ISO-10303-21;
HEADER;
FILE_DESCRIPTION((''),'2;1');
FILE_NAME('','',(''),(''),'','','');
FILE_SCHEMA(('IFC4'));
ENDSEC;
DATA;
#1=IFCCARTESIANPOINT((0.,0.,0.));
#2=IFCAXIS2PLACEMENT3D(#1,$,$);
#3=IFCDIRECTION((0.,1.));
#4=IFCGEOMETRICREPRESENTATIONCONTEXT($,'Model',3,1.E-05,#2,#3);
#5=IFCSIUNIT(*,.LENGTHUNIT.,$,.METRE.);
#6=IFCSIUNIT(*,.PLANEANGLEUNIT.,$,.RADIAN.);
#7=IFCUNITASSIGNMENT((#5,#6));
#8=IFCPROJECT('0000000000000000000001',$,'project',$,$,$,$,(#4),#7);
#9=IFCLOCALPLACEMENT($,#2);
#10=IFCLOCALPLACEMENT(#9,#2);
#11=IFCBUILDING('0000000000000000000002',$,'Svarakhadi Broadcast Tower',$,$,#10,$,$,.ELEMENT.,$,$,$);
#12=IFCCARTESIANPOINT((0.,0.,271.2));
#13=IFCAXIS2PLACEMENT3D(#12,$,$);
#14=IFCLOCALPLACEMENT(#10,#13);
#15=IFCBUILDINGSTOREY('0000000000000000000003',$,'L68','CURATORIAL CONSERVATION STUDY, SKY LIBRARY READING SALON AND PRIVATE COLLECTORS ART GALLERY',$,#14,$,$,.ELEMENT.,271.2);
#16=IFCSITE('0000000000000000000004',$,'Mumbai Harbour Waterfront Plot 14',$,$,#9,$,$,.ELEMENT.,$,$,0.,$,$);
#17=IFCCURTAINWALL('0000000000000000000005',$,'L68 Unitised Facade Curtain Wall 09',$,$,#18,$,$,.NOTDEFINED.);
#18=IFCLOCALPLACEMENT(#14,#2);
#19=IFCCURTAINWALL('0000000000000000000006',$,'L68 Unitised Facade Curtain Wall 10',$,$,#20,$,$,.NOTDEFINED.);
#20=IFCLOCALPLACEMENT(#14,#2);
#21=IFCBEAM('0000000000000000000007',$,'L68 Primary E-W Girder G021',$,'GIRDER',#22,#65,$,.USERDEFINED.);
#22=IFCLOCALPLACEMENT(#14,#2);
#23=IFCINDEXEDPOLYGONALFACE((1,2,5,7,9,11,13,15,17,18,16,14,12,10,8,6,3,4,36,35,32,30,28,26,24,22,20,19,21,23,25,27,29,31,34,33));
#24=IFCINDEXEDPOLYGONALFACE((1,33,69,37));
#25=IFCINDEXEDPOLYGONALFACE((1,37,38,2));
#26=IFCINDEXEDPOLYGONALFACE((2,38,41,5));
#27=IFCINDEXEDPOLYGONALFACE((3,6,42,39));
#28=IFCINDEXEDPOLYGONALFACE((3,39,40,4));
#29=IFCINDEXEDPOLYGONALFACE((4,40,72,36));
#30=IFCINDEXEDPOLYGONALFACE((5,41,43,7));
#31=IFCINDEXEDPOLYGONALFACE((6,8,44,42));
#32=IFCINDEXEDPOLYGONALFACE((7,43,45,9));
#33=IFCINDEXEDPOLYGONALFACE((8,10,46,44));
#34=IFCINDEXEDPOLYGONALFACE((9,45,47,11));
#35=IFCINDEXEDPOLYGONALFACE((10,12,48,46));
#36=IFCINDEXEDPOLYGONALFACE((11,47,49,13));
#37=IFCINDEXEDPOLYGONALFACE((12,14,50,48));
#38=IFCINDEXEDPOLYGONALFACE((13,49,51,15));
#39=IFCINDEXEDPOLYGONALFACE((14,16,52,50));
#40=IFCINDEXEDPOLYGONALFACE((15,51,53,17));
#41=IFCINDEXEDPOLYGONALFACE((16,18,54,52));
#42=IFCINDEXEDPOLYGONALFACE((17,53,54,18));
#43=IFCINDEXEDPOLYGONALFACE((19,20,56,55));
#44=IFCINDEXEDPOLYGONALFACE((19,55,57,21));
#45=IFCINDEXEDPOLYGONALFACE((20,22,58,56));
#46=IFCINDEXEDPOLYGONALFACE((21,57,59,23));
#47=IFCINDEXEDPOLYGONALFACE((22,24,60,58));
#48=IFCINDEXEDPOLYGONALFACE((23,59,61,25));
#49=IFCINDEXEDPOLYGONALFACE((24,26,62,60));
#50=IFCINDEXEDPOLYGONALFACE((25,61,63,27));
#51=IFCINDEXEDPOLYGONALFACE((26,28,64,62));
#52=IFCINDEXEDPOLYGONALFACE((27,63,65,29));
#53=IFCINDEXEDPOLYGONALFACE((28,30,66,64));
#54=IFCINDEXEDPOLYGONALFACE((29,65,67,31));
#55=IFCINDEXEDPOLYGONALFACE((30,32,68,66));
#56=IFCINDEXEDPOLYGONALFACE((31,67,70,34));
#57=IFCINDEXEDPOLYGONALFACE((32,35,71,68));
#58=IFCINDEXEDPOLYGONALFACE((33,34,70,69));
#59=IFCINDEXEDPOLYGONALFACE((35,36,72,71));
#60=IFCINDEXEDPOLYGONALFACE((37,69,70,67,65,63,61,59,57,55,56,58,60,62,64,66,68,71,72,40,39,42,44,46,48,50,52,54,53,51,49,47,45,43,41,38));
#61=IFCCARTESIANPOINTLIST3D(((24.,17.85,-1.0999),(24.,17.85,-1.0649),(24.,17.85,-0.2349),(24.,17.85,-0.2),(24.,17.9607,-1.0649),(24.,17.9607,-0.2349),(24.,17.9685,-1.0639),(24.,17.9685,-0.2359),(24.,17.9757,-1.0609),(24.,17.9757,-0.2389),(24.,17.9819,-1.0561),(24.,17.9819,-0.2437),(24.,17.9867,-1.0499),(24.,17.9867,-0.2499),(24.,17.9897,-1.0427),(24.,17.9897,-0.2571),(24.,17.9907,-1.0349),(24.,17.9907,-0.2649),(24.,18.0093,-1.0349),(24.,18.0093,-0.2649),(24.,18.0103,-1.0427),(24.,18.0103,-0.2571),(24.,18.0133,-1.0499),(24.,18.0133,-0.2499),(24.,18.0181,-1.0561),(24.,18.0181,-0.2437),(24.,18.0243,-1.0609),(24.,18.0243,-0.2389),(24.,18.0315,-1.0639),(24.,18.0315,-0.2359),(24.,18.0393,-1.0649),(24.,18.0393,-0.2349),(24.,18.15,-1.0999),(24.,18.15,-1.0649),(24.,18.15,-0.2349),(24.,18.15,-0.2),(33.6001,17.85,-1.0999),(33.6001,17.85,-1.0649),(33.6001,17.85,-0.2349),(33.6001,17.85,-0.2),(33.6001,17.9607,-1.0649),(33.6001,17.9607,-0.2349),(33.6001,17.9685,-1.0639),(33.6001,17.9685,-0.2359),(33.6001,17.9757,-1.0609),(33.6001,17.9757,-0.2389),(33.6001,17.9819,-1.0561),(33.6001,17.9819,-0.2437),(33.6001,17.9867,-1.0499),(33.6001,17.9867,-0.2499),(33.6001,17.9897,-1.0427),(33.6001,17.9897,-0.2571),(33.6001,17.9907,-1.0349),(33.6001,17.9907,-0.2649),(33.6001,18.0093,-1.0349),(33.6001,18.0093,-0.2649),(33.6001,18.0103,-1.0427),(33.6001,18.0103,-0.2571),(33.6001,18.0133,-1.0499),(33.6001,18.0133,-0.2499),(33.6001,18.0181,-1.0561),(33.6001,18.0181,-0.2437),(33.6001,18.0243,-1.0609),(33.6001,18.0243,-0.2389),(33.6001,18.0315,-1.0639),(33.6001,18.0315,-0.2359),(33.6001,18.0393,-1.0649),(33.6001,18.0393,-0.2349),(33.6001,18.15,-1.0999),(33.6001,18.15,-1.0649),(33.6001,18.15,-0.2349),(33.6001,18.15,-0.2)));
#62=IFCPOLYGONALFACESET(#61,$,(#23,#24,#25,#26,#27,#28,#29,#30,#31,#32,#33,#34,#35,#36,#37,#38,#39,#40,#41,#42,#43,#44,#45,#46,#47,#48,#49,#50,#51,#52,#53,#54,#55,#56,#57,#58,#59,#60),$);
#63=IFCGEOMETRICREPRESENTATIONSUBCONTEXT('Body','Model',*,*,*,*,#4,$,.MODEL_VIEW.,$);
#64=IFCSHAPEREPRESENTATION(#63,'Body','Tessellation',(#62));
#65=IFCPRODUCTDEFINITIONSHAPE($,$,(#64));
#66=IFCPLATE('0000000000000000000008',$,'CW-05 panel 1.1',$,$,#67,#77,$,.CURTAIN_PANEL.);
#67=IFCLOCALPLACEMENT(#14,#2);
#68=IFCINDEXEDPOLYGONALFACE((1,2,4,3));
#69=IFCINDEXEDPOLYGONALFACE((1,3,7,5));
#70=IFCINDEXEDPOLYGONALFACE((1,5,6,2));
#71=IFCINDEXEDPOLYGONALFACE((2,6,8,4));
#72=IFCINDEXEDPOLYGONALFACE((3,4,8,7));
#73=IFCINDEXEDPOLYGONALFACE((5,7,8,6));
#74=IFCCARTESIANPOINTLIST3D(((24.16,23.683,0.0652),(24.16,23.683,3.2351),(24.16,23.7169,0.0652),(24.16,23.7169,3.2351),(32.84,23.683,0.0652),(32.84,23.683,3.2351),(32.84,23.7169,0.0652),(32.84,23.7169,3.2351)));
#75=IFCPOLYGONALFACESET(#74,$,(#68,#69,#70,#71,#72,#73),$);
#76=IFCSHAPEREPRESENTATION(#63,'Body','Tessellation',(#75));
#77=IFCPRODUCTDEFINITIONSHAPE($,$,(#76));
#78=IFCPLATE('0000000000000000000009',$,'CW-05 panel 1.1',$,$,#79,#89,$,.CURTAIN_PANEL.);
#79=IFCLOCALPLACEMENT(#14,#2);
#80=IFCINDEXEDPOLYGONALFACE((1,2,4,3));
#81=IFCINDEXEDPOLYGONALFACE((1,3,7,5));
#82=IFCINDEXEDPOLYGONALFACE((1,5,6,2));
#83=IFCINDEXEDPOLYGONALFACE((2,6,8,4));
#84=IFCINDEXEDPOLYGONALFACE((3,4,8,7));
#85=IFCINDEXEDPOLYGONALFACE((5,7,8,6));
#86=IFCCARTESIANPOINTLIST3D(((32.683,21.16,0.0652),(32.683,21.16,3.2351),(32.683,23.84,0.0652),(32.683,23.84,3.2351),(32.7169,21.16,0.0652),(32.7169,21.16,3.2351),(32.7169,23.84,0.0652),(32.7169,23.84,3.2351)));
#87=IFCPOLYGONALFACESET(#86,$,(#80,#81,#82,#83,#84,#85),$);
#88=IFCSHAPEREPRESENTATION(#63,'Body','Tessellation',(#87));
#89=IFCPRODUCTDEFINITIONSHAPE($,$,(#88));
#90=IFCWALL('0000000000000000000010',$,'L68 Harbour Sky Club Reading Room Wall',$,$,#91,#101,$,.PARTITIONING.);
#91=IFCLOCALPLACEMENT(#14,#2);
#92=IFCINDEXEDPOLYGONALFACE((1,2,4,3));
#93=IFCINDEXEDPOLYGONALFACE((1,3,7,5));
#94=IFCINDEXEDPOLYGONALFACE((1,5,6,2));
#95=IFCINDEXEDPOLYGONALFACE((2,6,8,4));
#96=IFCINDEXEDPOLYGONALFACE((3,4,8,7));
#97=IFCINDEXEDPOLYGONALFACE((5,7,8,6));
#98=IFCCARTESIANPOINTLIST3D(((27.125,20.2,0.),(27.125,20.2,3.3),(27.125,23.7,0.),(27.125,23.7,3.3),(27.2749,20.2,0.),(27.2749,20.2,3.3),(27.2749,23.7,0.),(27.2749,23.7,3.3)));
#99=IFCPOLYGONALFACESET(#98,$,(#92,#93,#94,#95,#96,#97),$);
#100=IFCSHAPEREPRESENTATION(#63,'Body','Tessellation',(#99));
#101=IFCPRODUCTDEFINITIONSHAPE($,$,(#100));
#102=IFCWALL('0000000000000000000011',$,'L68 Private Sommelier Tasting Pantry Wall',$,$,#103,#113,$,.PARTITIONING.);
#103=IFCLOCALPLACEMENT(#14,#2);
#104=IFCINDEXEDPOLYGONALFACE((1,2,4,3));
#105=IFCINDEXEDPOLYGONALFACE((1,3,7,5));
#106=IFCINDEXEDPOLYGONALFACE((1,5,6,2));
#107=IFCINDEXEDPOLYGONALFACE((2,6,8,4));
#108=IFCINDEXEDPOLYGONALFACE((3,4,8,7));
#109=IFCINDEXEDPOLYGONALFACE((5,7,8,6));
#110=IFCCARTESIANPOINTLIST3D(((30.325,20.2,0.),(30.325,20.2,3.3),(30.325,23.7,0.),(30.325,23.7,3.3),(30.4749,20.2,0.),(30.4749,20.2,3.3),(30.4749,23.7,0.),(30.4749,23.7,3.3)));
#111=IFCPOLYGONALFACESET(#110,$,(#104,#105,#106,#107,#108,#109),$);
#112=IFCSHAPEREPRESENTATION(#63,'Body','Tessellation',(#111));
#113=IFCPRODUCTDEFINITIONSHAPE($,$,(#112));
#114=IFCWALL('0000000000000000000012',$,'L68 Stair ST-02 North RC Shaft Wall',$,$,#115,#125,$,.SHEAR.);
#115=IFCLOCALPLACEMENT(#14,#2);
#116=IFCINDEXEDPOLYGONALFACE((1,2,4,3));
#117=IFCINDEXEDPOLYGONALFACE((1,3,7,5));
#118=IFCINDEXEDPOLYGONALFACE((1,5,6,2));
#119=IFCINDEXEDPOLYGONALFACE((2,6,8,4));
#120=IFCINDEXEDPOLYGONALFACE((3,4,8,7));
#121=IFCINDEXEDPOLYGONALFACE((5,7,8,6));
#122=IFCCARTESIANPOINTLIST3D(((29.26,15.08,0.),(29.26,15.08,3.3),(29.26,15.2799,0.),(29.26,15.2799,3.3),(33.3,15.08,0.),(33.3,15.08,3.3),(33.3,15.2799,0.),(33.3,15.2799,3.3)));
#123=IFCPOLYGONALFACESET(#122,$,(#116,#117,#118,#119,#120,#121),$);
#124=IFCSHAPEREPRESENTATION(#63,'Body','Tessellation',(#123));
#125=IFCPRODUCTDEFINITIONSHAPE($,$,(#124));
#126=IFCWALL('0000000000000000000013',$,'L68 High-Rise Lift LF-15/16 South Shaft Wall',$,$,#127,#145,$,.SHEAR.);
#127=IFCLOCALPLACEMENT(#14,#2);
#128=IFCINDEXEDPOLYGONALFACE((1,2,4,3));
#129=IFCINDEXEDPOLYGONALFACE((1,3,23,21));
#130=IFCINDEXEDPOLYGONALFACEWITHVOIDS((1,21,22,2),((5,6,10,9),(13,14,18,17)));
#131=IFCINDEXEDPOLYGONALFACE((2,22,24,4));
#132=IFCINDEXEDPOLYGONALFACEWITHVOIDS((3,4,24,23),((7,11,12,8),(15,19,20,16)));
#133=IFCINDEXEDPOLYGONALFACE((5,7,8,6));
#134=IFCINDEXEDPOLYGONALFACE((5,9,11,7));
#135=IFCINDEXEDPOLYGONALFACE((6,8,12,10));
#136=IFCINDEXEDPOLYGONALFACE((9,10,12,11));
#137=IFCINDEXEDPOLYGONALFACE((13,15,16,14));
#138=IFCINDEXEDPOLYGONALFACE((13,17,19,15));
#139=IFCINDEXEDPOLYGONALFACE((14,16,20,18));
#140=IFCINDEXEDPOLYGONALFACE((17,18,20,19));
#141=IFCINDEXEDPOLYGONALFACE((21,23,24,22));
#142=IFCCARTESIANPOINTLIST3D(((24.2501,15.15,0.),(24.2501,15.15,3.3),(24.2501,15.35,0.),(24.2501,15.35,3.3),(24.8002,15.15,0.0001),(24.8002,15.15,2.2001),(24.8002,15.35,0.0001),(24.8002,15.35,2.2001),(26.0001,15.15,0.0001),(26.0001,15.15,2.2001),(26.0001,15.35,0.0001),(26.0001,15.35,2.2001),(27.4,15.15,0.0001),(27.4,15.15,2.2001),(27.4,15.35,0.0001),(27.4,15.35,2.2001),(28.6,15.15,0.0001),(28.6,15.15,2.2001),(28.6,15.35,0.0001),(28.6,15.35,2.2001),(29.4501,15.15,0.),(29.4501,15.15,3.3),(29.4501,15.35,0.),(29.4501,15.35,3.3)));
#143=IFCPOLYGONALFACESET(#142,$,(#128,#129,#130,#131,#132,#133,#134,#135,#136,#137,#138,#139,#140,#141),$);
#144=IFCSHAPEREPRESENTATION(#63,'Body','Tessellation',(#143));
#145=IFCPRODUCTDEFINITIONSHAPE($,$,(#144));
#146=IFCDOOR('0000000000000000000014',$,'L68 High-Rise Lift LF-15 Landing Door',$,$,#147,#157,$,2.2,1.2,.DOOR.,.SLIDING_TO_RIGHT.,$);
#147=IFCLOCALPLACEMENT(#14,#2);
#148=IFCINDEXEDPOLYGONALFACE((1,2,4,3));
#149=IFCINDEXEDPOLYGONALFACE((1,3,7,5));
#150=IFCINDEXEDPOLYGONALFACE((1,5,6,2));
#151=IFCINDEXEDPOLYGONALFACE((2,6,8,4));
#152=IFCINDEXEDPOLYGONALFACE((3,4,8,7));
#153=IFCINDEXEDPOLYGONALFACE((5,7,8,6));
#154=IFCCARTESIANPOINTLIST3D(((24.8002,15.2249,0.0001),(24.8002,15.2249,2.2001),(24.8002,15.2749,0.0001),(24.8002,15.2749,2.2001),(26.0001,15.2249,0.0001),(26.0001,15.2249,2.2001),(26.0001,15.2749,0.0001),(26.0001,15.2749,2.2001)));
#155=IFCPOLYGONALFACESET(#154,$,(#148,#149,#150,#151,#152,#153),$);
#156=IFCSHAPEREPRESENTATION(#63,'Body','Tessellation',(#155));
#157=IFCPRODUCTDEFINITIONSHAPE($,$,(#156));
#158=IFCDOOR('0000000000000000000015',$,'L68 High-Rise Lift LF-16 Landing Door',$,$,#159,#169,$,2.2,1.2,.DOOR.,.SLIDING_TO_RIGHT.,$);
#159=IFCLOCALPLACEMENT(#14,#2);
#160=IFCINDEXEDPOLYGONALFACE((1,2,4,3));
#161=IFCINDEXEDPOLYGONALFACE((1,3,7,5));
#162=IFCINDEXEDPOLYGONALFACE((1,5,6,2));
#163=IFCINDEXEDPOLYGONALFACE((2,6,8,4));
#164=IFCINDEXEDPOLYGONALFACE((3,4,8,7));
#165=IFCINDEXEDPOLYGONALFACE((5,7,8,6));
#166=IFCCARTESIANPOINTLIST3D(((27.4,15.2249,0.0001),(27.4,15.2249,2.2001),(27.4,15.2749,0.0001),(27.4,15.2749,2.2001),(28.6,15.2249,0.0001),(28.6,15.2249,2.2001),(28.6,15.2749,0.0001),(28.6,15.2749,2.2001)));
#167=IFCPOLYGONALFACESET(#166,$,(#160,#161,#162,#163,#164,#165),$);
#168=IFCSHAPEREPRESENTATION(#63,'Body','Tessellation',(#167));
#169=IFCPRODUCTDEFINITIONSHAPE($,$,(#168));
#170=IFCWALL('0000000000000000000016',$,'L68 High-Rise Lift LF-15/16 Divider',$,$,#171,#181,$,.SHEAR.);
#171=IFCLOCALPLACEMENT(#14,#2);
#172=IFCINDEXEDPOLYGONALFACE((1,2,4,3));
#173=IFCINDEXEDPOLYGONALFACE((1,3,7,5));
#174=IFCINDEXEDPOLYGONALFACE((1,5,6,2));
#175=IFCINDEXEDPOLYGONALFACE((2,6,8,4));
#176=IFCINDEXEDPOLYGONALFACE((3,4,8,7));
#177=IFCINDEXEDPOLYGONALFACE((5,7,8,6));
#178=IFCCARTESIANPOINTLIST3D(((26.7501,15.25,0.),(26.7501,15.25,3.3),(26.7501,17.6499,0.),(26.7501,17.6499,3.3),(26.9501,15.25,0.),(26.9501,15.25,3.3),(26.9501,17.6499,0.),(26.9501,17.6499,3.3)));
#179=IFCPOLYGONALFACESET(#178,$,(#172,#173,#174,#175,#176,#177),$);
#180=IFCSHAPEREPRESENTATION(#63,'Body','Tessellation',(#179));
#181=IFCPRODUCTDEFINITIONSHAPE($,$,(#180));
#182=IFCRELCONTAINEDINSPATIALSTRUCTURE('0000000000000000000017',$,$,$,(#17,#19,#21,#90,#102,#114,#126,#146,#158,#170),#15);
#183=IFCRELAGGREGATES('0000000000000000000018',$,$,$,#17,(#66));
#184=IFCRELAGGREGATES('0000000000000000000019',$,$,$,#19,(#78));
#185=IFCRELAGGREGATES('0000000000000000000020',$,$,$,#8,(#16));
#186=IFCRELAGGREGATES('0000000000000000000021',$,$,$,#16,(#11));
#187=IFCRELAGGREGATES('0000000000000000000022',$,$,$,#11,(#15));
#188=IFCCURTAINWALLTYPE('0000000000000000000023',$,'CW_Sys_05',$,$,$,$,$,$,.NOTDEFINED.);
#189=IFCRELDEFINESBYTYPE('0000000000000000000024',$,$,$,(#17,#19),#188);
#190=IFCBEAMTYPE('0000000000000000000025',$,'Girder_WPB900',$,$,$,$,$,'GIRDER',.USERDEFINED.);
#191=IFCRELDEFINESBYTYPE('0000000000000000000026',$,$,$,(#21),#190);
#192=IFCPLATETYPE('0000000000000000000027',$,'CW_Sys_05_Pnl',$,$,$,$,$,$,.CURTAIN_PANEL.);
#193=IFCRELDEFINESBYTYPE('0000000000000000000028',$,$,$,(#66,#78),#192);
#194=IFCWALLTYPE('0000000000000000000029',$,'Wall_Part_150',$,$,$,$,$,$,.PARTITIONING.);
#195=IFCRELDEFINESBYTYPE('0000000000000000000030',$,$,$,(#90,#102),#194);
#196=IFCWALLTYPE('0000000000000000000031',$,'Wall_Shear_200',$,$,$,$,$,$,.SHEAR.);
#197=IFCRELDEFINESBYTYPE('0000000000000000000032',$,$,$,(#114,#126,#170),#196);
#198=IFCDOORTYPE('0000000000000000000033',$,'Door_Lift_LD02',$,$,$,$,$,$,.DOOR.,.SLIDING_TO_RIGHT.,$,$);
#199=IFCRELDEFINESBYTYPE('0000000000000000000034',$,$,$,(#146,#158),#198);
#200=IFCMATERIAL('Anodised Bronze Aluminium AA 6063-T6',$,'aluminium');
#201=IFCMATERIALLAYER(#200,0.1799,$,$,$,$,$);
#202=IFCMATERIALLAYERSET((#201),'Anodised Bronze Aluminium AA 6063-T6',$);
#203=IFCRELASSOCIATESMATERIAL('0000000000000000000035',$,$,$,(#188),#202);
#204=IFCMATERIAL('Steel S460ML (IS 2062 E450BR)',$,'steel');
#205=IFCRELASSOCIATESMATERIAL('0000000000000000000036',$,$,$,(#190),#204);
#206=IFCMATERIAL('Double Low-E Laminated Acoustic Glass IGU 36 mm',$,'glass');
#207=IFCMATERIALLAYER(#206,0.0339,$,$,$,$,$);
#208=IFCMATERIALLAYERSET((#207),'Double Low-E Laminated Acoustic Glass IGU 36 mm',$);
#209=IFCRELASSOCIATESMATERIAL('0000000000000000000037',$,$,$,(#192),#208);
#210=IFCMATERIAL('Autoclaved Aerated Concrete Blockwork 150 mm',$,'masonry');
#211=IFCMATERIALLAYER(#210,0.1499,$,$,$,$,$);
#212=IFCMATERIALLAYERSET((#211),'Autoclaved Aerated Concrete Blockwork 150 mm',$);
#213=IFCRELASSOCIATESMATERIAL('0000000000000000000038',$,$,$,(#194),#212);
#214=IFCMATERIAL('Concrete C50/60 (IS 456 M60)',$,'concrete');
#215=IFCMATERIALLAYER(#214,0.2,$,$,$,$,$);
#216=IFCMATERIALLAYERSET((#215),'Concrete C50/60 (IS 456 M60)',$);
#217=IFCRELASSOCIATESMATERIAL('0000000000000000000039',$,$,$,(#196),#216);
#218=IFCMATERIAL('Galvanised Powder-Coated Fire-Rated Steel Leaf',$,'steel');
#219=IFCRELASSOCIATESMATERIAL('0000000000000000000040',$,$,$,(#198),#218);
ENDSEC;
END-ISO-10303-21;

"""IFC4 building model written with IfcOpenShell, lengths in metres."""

from ifc_helpers import new_model, si_unit, direction, frame, frame_2d, origin, origin_2d, place, context, subcontext, project, spatial, rectangle, i_section, extrude, material, layer, layer_set, material_profile, profile_set, type_object, element, fill, aggregate, save


model = new_model("IFC4")

# Units and contexts
model_context = context("Model", 3, precision=1e-05, world=origin(), true_north=direction((0.0, 1.0)))
body_context = subcontext(model_context, "Body", "Model", "MODEL_VIEW")
ifc_project = project(units=[si_unit("LENGTHUNIT", "METRE"), si_unit("PLANEANGLEUNIT", "RADIAN")], contexts=[model_context])

# Site, building, storey
site_placement = place(None, origin())
site = spatial("IfcSite", under=ifc_project, at=site_placement, Name="Mumbai Harbour Waterfront Plot 14", CompositionType="ELEMENT", RefElevation=0.0)
building_placement = place(site_placement, origin())
building = spatial("IfcBuilding", under=site, at=building_placement, Name="Svarakhadi Broadcast Tower", CompositionType="ELEMENT")
storey_placement = place(building_placement, frame((0.0, 0.0, 271.2)))
storey = spatial("IfcBuildingStorey", under=building, at=storey_placement, Name="L68", Description="CURATORIAL CONSERVATION STUDY, SKY LIBRARY READING SALON AND PRIVATE COLLECTORS ART GALLERY", CompositionType="ELEMENT", Elevation=271.2)

# Curtain walls
ifc_material_1 = material(Name="Anodised Bronze Aluminium AA 6063-T6", Category="aluminium")
ifc_layer_1 = layer(ifc_material_1, 0.1799)
ifc_layer_set_1 = layer_set([ifc_layer_1], Name="Anodised Bronze Aluminium AA 6063-T6")
curtain_wall_type = type_object("IfcCurtainWallType", Name="CW_Sys_05", PredefinedType="NOTDEFINED", material=ifc_layer_set_1)
curtain_wall_1_placement = place(storey_placement, origin())
curtain_wall_1 = element("IfcCurtainWall", 1, at=curtain_wall_1_placement, inside=storey, type_object=curtain_wall_type, Name="L68 Unitised Facade Curtain Wall 09", PredefinedType="NOTDEFINED")
curtain_wall_2_placement = place(storey_placement, origin())
curtain_wall_2 = element("IfcCurtainWall", 2, at=curtain_wall_2_placement, inside=storey, type_object=curtain_wall_type, Name="L68 Unitised Facade Curtain Wall 10", PredefinedType="NOTDEFINED")

# Beam
ifc_material_2 = material(Name="Steel S460ML (IS 2062 E450BR)", Category="steel")
ifc_material_profile_1 = material_profile(ifc_material_2, i_section(OverallWidth=0.3, OverallDepth=0.8999, WebThickness=0.0186, FlangeThickness=0.0349, FilletRadius=0.03, at=origin_2d()), Name="WPB 900x300x291")
ifc_profile_set_1 = profile_set([ifc_material_profile_1], Name="Steel S460ML (IS 2062 E450BR)")
beam_type = type_object("IfcBeamType", Name="Girder_WPB900", ElementType="GIRDER", PredefinedType="USERDEFINED", material=ifc_profile_set_1)
beam_placement = place(storey_placement, frame((24.0, 18.0, -0.6499), z_axis=(1.0, 0.0, 0.0), x_axis=(0.0, 1.0, 0.0)))
element("IfcBeam", 3, at=beam_placement, inside=storey, type_object=beam_type, Name="L68 Primary E-W Girder G021", ObjectType="GIRDER", PredefinedType="USERDEFINED", context=body_context, shape_type="SweptSolid", body=[
    extrude(i_section(OverallWidth=0.3, OverallDepth=0.8999, WebThickness=0.0186, FlangeThickness=0.0349, FilletRadius=0.03, at=origin_2d()), origin(), (0.0, 0.0, 1.0), 9.6001),
])

# Plates
ifc_material_3 = material(Name="Double Low-E Laminated Acoustic Glass IGU 36 mm", Category="glass")
ifc_layer_2 = layer(ifc_material_3, 0.0339)
ifc_layer_set_2 = layer_set([ifc_layer_2], Name="Double Low-E Laminated Acoustic Glass IGU 36 mm")
plate_type = type_object("IfcPlateType", Name="CW_Sys_05_Pnl", PredefinedType="CURTAIN_PANEL", material=ifc_layer_set_2)
plate_1_placement = place(storey_placement, frame((28.5, 23.7, 0.0652), z_axis=(0.0, 0.0, 1.0), x_axis=(1.0, 0.0, 0.0)))
plate_1 = element("IfcPlate", 4, at=plate_1_placement, type_object=plate_type, Name="CW-05 panel 1.1", PredefinedType="CURTAIN_PANEL", context=body_context, shape_type="SweptSolid", body=[
    extrude(rectangle(XDim=8.6799, YDim=0.0339, at=origin_2d()), origin(), (0.0, 0.0, 1.0), 3.1699),
])
aggregate(curtain_wall_1, [plate_1])
plate_2_placement = place(storey_placement, frame((32.7, 22.5, 0.0652), z_axis=(0.0, 0.0, 1.0), x_axis=(0.0, -1.0, 0.0)))
plate_2 = element("IfcPlate", 5, at=plate_2_placement, type_object=plate_type, Name="CW-05 panel 1.1", PredefinedType="CURTAIN_PANEL", context=body_context, shape_type="SweptSolid", body=[
    extrude(rectangle(XDim=2.6799, YDim=0.0339, at=origin_2d()), origin(), (0.0, 0.0, 1.0), 3.1699),
])
aggregate(curtain_wall_2, [plate_2])

# Walls
ifc_material_4 = material(Name="Autoclaved Aerated Concrete Blockwork 150 mm", Category="masonry")
ifc_layer_3 = layer(ifc_material_4, 0.1499)
ifc_layer_set_3 = layer_set([ifc_layer_3], Name="Autoclaved Aerated Concrete Blockwork 150 mm")
wall_type_1 = type_object("IfcWallType", Name="Wall_Part_150", PredefinedType="PARTITIONING", material=ifc_layer_set_3)
for number, where, z_axis, x_axis, name in (
    (6, (27.2, 20.2, 0.0), (0.0, 0.0, 1.0), (0.0, 1.0, 0.0), "L68 Harbour Sky Club Reading Room Wall"),
    (7, (30.3999, 20.2, 0.0), (0.0, 0.0, 1.0), (0.0, 1.0, 0.0), "L68 Private Sommelier Tasting Pantry Wall"),
):
    element("IfcWall", number, at=place(storey_placement, frame(where, z_axis=z_axis, x_axis=x_axis)), inside=storey, type_object=wall_type_1, Name=name, PredefinedType="PARTITIONING", context=body_context, shape_type="SweptSolid", body=[
        extrude(rectangle(XDim=3.5, YDim=0.1499, at=frame_2d((1.75, 0.0))), origin(), (0.0, 0.0, 1.0), 3.3),
    ])
ifc_material_5 = material(Name="Concrete C50/60 (IS 456 M60)", Category="concrete")
ifc_layer_4 = layer(ifc_material_5, 0.2)
ifc_layer_set_4 = layer_set([ifc_layer_4], Name="Concrete C50/60 (IS 456 M60)")
wall_type_2 = type_object("IfcWallType", Name="Wall_Shear_200", PredefinedType="SHEAR", material=ifc_layer_set_4)
wall_1_placement = place(storey_placement, frame((29.26, 15.1799, 0.0), z_axis=(0.0, 0.0, 1.0), x_axis=(1.0, 0.0, 0.0)))
element("IfcWall", 8, at=wall_1_placement, inside=storey, type_object=wall_type_2, Name="L68 Stair ST-02 North RC Shaft Wall", PredefinedType="SHEAR", context=body_context, shape_type="SweptSolid", body=[
    extrude(rectangle(XDim=4.04, YDim=0.2, at=frame_2d((2.02, 0.0))), origin(), (0.0, 0.0, 1.0), 3.3),
])

# Shared definitions
ifc_material_6 = material(Name="Galvanised Powder-Coated Fire-Rated Steel Leaf", Category="steel")

# Wall, openings, doors
wall_2_placement = place(storey_placement, frame((24.25, 15.25, 0.0), z_axis=(0.0, 0.0, 1.0), x_axis=(1.0, 0.0, 0.0)))
wall_2 = element("IfcWall", 9, at=wall_2_placement, inside=storey, type_object=wall_type_2, Name="L68 High-Rise Lift LF-15/16 South Shaft Wall", PredefinedType="SHEAR", context=body_context, shape_type="SweptSolid", body=[
    extrude(rectangle(XDim=5.2, YDim=0.2, at=frame_2d((2.6001, 0.0))), origin(), (0.0, 0.0, 1.0), 3.3),
])
opening_1_placement = place(wall_2_placement, frame((0.55, 0.0, 0.0)))
opening_1 = element("IfcOpeningElement", 10, at=opening_1_placement, cuts=wall_2, PredefinedType="OPENING", context=body_context, shape_type="SweptSolid", body=[
    extrude(rectangle(XDim=1.2, YDim=2.2, at=frame_2d((0.6001, 1.1001))), frame((0.0, 0.1099, 0.0), z_axis=(0.0, -1.0, 0.0), x_axis=(1.0, 0.0, 0.0)), (0.0, 0.0, 1.0), 0.22),
])
opening_2_placement = place(wall_2_placement, frame((3.1499, 0.0, 0.0)))
opening_2 = element("IfcOpeningElement", 11, at=opening_2_placement, cuts=wall_2, PredefinedType="OPENING", context=body_context, shape_type="SweptSolid", body=[
    extrude(rectangle(XDim=1.2, YDim=2.2, at=frame_2d((0.6001, 1.1001))), frame((0.0, 0.1099, 0.0), z_axis=(0.0, -1.0, 0.0), x_axis=(1.0, 0.0, 0.0)), (0.0, 0.0, 1.0), 0.22),
])
door_type_1 = type_object("IfcDoorType", Name="Door_Lift_LD02", OperationType="SLIDING_TO_RIGHT", PredefinedType="DOOR", material=ifc_material_6)
door_1_placement = place(opening_1_placement, origin())
door_1 = element("IfcDoor", 12, at=door_1_placement, inside=storey, type_object=door_type_1, Name="L68 High-Rise Lift LF-15 Landing Door", OperationType="SLIDING_TO_RIGHT", OverallHeight=2.2, OverallWidth=1.2, PredefinedType="DOOR", context=body_context, shape_type="SweptSolid", body=[
    extrude(rectangle(XDim=1.2, YDim=2.2, at=frame_2d((0.6001, 1.1001))), frame((0.0, 0.0249, 0.0), z_axis=(0.0, -1.0, 0.0), x_axis=(1.0, 0.0, 0.0)), (0.0, 0.0, 1.0), 0.05),
])
fill(opening_1, door_1)
door_2_placement = place(opening_2_placement, origin())
door_2 = element("IfcDoor", 13, at=door_2_placement, inside=storey, type_object=door_type_1, Name="L68 High-Rise Lift LF-16 Landing Door", OperationType="SLIDING_TO_RIGHT", OverallHeight=2.2, OverallWidth=1.2, PredefinedType="DOOR", context=body_context, shape_type="SweptSolid", body=[
    extrude(rectangle(XDim=1.2, YDim=2.2, at=frame_2d((0.6001, 1.1001))), frame((0.0, 0.0249, 0.0), z_axis=(0.0, -1.0, 0.0), x_axis=(1.0, 0.0, 0.0)), (0.0, 0.0, 1.0), 0.05),
])
fill(opening_2, door_2)

# Wall
wall_3_placement = place(storey_placement, frame((26.8501, 15.25, 0.0), z_axis=(0.0, 0.0, 1.0), x_axis=(0.0, 1.0, 0.0)))
element("IfcWall", 14, at=wall_3_placement, inside=storey, type_object=wall_type_2, Name="L68 High-Rise Lift LF-15/16 Divider", PredefinedType="SHEAR", context=body_context, shape_type="SweptSolid", body=[
    extrude(rectangle(XDim=2.3999, YDim=0.2, at=frame_2d((1.2, 0.0))), origin(), (0.0, 0.0, 1.0), 3.3),
])

save(model, "model.ifc")
